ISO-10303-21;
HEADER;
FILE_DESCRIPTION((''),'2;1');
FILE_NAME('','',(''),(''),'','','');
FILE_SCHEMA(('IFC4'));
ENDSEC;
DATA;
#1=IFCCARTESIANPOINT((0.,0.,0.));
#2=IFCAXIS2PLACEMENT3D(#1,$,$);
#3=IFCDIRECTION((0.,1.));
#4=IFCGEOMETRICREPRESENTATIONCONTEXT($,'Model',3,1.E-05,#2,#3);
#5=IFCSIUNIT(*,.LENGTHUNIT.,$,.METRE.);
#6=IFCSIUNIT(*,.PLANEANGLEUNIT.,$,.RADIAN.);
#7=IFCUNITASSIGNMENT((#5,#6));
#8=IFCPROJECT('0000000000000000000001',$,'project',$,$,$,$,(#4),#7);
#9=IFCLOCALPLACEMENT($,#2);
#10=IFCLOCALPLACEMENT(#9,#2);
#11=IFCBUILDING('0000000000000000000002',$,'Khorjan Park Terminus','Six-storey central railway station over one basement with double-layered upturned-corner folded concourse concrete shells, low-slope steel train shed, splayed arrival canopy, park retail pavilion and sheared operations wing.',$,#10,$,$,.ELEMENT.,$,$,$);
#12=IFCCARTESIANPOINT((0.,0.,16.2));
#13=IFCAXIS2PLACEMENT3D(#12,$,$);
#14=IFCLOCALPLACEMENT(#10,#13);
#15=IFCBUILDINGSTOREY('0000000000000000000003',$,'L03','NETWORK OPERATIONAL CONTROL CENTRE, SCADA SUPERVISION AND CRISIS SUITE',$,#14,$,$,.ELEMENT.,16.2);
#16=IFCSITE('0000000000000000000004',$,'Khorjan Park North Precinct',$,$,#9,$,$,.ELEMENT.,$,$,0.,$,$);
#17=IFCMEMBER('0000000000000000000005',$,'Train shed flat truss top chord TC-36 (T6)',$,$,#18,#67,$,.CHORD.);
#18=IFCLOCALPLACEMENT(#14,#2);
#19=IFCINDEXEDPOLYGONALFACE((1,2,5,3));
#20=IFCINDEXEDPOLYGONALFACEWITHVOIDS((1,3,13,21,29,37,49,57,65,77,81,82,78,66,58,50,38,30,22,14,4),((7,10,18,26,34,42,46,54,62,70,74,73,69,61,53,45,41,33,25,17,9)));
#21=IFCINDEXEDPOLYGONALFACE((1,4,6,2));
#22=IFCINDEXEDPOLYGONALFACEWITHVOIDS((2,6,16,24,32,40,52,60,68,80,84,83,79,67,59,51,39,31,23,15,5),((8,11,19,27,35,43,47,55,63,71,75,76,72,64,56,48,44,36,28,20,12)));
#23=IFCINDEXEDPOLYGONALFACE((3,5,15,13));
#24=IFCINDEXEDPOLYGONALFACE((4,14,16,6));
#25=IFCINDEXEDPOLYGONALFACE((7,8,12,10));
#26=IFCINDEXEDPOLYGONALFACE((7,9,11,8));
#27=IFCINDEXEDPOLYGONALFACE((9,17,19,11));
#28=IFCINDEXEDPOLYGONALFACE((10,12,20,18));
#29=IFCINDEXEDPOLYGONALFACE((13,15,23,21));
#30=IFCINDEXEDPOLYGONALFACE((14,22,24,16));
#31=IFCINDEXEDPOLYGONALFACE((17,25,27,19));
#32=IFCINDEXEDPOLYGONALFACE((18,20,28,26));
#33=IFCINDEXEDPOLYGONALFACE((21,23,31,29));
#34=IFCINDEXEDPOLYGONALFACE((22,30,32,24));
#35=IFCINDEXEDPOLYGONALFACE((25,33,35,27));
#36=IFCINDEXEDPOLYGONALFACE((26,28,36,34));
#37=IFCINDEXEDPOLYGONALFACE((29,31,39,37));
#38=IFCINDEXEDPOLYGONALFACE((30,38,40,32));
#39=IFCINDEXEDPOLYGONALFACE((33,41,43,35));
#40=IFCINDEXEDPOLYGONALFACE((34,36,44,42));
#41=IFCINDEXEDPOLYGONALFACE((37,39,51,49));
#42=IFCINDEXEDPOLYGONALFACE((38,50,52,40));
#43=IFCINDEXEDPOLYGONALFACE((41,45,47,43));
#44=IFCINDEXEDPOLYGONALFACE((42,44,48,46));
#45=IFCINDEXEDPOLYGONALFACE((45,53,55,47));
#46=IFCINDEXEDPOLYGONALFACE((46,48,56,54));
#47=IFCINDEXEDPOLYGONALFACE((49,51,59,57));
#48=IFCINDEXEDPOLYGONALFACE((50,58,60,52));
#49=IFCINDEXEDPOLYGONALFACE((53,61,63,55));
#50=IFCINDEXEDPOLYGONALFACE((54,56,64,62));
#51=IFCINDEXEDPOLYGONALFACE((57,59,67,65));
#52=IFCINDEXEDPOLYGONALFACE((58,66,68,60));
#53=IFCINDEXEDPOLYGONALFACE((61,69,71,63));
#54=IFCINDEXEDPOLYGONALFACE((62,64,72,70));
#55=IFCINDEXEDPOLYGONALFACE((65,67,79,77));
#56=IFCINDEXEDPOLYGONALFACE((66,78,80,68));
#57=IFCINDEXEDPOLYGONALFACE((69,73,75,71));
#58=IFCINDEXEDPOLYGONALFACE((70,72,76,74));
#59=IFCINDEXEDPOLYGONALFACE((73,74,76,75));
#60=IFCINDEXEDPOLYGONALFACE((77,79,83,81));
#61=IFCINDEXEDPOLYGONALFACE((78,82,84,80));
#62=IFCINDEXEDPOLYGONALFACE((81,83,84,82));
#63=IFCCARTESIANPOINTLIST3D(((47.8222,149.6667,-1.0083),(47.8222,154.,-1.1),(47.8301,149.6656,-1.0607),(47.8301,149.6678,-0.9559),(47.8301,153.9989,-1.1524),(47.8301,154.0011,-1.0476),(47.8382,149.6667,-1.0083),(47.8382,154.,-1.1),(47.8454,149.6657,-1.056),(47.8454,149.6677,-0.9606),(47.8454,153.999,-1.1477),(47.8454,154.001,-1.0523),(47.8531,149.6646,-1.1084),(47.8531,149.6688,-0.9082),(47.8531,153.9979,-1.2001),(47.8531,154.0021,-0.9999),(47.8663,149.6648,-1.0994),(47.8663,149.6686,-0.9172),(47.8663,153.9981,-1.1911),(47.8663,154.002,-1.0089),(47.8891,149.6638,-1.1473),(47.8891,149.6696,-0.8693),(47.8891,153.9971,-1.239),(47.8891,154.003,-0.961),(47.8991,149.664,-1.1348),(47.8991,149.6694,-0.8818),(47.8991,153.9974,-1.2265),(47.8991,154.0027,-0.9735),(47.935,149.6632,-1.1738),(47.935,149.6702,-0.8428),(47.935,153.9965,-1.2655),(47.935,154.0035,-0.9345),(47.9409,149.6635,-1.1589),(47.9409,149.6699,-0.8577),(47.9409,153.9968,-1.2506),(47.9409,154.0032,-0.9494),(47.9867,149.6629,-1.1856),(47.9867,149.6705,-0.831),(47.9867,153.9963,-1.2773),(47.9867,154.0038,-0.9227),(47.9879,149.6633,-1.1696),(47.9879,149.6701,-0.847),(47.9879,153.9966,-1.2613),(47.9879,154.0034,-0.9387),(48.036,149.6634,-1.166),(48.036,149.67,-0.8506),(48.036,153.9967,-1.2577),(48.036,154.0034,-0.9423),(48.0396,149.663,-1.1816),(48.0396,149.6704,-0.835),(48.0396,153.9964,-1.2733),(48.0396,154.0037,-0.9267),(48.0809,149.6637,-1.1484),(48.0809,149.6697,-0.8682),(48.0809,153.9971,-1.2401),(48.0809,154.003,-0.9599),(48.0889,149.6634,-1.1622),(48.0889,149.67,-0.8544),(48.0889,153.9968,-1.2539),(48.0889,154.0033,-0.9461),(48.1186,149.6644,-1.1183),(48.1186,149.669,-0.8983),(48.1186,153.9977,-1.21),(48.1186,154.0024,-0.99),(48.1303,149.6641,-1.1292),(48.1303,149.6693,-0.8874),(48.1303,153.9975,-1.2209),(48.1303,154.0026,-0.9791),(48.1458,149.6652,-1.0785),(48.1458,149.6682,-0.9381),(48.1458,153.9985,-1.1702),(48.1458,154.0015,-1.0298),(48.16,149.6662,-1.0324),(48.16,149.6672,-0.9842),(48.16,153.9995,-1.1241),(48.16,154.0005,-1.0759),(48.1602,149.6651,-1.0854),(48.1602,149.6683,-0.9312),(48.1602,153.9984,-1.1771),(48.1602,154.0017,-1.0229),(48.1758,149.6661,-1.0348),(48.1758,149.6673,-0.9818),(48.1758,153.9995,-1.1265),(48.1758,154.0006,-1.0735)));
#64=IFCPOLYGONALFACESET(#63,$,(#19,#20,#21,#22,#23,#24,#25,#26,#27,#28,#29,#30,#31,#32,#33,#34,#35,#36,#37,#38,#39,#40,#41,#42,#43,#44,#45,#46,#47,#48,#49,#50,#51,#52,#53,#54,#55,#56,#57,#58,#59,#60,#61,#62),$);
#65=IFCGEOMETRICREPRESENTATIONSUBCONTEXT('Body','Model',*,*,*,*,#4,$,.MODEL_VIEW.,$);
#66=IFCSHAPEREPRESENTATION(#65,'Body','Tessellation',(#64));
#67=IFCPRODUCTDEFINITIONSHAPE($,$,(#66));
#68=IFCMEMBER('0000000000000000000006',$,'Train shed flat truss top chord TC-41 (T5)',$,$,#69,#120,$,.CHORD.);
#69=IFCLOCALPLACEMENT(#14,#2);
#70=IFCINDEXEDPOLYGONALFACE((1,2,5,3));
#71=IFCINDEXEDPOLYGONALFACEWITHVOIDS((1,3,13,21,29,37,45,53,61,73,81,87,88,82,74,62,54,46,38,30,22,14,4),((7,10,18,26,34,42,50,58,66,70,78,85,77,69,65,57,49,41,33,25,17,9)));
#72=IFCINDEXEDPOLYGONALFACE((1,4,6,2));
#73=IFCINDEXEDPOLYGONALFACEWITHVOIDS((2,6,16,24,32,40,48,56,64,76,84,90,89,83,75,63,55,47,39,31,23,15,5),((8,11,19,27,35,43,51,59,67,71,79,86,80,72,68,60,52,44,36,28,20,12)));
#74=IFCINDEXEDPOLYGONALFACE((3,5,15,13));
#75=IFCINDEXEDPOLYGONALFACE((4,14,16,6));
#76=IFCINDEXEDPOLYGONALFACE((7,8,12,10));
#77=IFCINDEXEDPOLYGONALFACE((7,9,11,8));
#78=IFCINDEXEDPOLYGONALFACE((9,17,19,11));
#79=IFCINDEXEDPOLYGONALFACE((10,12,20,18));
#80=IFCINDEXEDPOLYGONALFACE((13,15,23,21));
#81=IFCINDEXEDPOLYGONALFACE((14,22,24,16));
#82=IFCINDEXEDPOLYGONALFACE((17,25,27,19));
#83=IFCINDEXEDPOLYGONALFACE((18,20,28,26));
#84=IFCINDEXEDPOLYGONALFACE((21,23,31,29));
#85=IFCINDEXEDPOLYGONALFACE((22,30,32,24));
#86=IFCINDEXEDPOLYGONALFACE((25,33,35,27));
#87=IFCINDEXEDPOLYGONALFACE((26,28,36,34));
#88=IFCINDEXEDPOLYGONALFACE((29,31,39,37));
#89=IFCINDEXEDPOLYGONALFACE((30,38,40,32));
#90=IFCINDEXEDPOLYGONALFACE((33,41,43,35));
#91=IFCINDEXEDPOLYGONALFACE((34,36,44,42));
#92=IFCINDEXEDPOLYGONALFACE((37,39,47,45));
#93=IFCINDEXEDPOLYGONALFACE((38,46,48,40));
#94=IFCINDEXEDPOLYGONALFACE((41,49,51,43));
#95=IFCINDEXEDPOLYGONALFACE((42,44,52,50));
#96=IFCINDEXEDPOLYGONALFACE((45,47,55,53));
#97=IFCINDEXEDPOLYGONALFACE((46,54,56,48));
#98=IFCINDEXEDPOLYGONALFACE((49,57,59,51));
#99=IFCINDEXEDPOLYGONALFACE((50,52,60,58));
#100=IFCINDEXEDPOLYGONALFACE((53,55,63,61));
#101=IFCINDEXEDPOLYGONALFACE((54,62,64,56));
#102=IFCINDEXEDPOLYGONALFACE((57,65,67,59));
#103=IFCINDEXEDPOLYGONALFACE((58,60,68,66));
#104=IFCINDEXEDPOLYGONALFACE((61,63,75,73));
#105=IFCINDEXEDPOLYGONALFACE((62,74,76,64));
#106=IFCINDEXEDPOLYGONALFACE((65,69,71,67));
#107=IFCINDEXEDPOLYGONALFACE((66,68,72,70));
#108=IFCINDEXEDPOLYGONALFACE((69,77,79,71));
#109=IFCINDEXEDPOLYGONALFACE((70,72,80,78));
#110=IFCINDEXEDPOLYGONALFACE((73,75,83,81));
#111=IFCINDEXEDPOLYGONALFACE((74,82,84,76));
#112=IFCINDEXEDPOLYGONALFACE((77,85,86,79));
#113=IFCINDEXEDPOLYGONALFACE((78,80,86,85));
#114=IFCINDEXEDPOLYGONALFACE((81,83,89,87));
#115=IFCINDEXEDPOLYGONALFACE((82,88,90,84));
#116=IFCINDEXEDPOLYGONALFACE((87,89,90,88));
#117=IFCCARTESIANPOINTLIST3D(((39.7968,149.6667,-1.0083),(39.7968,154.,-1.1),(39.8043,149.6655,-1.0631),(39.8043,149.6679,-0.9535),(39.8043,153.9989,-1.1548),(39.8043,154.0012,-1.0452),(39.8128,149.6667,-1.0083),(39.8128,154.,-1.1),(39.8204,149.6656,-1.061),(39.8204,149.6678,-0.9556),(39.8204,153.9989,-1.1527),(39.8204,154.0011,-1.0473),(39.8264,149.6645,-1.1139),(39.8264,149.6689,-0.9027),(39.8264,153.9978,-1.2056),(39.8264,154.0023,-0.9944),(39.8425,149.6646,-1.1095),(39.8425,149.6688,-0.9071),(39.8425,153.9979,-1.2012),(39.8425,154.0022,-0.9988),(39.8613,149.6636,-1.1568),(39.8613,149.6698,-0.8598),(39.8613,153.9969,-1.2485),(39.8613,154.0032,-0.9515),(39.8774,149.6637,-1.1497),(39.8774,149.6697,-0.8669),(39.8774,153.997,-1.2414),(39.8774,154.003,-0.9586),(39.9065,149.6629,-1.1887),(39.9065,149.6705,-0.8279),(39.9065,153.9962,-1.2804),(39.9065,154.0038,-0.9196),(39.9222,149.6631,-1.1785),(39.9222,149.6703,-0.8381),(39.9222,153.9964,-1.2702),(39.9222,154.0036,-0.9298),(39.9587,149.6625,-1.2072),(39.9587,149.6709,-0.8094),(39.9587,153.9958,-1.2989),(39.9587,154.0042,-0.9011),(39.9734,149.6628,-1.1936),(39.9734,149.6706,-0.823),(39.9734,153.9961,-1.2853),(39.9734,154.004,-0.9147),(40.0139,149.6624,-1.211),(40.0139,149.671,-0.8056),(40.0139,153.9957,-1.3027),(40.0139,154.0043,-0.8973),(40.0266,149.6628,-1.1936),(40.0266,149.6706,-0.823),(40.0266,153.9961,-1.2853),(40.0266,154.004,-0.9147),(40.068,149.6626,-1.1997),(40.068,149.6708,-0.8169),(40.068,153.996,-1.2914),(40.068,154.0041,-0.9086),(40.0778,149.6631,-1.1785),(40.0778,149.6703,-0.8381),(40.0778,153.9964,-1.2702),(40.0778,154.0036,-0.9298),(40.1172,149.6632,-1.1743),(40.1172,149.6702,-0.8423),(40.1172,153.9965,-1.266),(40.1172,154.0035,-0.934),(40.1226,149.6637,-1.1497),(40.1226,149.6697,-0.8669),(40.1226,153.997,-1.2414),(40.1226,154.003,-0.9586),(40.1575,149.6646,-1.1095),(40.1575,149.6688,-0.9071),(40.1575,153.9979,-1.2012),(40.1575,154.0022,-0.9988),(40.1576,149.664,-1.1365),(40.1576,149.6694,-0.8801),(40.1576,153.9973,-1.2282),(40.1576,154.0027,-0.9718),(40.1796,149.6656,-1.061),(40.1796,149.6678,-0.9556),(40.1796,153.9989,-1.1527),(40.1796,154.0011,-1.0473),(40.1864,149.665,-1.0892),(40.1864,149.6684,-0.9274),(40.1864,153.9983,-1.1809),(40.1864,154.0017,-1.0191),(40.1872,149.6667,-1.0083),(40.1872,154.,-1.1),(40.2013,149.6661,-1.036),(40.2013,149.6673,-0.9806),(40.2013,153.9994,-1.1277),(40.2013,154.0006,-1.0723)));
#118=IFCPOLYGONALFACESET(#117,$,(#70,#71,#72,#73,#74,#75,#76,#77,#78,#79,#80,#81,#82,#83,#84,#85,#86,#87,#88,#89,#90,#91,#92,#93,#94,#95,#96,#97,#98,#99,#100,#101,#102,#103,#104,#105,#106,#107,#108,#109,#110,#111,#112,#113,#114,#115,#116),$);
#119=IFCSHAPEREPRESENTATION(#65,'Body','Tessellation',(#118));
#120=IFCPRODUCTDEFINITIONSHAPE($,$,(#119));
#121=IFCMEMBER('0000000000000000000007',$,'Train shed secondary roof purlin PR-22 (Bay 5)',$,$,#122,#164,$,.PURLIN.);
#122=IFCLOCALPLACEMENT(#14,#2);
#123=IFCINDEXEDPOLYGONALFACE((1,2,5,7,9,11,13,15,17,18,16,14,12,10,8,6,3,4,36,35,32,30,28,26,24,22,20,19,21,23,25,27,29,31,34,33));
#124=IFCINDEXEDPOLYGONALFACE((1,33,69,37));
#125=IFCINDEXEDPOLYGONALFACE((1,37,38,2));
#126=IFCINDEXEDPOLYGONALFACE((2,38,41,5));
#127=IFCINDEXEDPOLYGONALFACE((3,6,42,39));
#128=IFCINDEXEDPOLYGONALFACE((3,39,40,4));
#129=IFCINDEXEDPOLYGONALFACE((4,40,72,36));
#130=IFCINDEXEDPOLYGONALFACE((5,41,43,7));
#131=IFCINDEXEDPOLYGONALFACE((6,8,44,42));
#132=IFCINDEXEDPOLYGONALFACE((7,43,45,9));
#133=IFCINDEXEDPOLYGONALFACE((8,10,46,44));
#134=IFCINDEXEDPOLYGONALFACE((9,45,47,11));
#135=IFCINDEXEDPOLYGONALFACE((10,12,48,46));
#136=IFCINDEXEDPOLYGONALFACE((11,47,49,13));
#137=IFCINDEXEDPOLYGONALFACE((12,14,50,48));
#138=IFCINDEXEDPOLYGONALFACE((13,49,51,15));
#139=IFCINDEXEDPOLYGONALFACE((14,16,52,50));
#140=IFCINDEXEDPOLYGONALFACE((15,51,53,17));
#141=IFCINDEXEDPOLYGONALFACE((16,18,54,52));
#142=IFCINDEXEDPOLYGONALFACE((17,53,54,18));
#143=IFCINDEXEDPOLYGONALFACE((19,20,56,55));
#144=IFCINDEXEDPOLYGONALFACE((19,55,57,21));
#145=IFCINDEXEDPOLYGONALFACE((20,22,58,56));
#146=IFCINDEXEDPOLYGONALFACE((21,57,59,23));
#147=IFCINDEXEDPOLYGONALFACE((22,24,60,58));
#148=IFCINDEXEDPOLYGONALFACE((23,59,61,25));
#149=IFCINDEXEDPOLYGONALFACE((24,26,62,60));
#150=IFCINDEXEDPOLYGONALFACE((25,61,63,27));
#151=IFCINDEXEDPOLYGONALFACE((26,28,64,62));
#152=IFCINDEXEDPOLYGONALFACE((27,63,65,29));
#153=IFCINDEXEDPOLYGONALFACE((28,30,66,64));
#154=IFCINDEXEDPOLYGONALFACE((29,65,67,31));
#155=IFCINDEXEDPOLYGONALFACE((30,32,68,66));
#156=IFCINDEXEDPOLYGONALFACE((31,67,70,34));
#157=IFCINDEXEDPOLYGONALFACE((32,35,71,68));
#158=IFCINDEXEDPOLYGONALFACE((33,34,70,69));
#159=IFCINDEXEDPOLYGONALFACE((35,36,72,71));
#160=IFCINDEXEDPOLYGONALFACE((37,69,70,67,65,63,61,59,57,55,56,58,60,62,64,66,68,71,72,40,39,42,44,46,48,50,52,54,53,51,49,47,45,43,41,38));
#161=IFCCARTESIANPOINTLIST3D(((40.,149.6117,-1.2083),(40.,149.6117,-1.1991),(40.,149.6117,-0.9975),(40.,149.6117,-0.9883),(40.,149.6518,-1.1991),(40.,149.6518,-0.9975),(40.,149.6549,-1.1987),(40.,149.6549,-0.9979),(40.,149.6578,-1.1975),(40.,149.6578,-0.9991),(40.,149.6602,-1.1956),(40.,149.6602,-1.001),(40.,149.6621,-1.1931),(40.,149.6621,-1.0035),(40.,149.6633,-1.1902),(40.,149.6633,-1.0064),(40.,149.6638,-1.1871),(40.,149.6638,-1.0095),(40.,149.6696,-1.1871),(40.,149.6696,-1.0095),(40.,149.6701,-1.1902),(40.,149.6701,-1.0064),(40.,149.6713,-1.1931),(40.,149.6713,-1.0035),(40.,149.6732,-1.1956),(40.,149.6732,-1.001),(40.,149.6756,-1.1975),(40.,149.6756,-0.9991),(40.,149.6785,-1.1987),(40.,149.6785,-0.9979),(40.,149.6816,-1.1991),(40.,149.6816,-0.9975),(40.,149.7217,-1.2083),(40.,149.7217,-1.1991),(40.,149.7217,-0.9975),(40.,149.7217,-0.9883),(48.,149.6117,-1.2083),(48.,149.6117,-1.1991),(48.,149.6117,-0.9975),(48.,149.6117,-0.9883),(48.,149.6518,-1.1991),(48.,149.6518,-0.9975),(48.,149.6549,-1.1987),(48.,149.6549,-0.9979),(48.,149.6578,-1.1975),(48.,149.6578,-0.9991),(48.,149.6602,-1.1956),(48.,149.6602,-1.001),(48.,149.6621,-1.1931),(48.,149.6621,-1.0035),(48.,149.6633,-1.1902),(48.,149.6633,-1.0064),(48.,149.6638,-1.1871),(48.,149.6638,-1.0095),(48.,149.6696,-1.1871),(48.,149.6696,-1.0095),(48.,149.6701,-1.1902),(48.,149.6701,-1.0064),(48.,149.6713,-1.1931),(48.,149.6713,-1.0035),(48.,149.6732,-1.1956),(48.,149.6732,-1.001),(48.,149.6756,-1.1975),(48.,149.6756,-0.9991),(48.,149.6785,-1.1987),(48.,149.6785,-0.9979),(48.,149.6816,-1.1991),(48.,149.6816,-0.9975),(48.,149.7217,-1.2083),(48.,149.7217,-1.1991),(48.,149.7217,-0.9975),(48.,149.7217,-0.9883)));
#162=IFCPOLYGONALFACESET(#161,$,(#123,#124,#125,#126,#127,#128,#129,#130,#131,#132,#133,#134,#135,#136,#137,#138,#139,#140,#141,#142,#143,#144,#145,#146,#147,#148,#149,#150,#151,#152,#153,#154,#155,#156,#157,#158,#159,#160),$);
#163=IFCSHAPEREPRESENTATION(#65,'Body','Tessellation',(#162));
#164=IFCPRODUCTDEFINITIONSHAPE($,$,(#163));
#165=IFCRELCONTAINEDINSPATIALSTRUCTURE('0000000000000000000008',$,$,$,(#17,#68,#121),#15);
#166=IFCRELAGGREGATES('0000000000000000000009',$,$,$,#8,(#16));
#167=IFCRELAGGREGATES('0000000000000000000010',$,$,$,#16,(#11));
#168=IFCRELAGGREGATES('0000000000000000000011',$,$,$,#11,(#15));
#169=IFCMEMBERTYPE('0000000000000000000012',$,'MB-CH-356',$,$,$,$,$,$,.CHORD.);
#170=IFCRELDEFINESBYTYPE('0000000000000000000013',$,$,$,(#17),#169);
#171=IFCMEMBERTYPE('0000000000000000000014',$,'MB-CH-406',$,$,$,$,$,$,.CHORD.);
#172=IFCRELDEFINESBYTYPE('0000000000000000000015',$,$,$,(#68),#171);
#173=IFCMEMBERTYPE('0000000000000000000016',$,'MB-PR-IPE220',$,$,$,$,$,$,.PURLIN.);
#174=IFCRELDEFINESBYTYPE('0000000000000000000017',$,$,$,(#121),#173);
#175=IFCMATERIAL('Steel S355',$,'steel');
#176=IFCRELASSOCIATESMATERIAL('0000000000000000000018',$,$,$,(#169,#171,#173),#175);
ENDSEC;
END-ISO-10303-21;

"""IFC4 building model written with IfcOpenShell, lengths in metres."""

from ifc_helpers import new_model, si_unit, direction, frame, origin, origin_2d, place, context, subcontext, project, spatial, hollow_circle, i_section, extrude, material, material_profile, profile_set, type_object, element, save


model = new_model("IFC4")

# Units and contexts
model_context = context("Model", 3, precision=1e-05, world=origin(), true_north=direction((0.0, 1.0)))
body_context = subcontext(model_context, "Body", "Model", "MODEL_VIEW")
ifc_project = project(units=[si_unit("LENGTHUNIT", "METRE"), si_unit("PLANEANGLEUNIT", "RADIAN")], contexts=[model_context])

# Site, building, storey
site_placement = place(None, origin())
site = spatial("IfcSite", under=ifc_project, at=site_placement, Name="Khorjan Park North Precinct", CompositionType="ELEMENT", RefElevation=0.0)
building_placement = place(site_placement, origin())
building = spatial("IfcBuilding", under=site, at=building_placement, Name="Khorjan Park Terminus", Description="Six-storey central railway station over one basement with double-layered upturned-corner folded concourse concrete shells, low-slope steel train shed, splayed arrival canopy, park retail pavilion and sheared operations wing.", CompositionType="ELEMENT")
storey_placement = place(building_placement, frame((0.0, 0.0, 16.2)))
storey = spatial("IfcBuildingStorey", under=building, at=storey_placement, Name="L03", Description="NETWORK OPERATIONAL CONTROL CENTRE, SCADA SUPERVISION AND CRISIS SUITE", CompositionType="ELEMENT", Elevation=16.2)

# Members
ifc_material = material(Name="Steel S355", Category="steel")
ifc_material_profile_1 = material_profile(ifc_material, hollow_circle(Radius=0.1778, WallThickness=0.016, at=origin_2d()), Name="CHS 355.6x16")
ifc_profile_set_1 = profile_set([ifc_material_profile_1], Name="Steel S355")
member_type_1 = type_object("IfcMemberType", Name="MB-CH-356", PredefinedType="CHORD", material=ifc_profile_set_1)
member_1_placement = place(storey_placement, frame((48.0, 149.6667, -1.0083), z_axis=(0.0, 0.999776, -0.021157), x_axis=(-1.0, 0.0, 0.0)))
element("IfcMember", 1, at=member_1_placement, inside=storey, type_object=member_type_1, Name="Train shed flat truss top chord TC-36 (T6)", PredefinedType="CHORD", context=body_context, shape_type="SweptSolid", body=[
    extrude(hollow_circle(Radius=0.1778, WallThickness=0.016, at=origin_2d()), origin(), (0.0, 0.0, 1.0), 4.3343),
])
ifc_material_profile_2 = material_profile(ifc_material, hollow_circle(Radius=0.2032, WallThickness=0.016, at=origin_2d()), Name="CHS 406.4x16")
ifc_profile_set_2 = profile_set([ifc_material_profile_2], Name="Steel S355")
member_type_2 = type_object("IfcMemberType", Name="MB-CH-406", PredefinedType="CHORD", material=ifc_profile_set_2)
member_2_placement = place(storey_placement, frame((40.0, 149.6667, -1.0083), z_axis=(0.0, 0.999776, -0.021157), x_axis=(-1.0, 0.0, 0.0)))
element("IfcMember", 2, at=member_2_placement, inside=storey, type_object=member_type_2, Name="Train shed flat truss top chord TC-41 (T5)", PredefinedType="CHORD", context=body_context, shape_type="SweptSolid", body=[
    extrude(hollow_circle(Radius=0.2032, WallThickness=0.016, at=origin_2d()), origin(), (0.0, 0.0, 1.0), 4.3343),
])
ifc_material_profile_3 = material_profile(ifc_material, i_section(OverallWidth=0.11, OverallDepth=0.22, WebThickness=0.0059, FlangeThickness=0.0092, FilletRadius=0.012, at=origin_2d()), Name="IPE 220")
ifc_profile_set_3 = profile_set([ifc_material_profile_3], Name="Steel S355")
member_type_3 = type_object("IfcMemberType", Name="MB-PR-IPE220", PredefinedType="PURLIN", material=ifc_profile_set_3)
member_3_placement = place(storey_placement, frame((40.0, 149.6667, -1.0983), z_axis=(1.0, 0.0, 0.0), x_axis=(0.0, 1.0, 0.0)))
element("IfcMember", 3, at=member_3_placement, inside=storey, type_object=member_type_3, Name="Train shed secondary roof purlin PR-22 (Bay 5)", PredefinedType="PURLIN", context=body_context, shape_type="SweptSolid", body=[
    extrude(i_section(OverallWidth=0.11, OverallDepth=0.22, WebThickness=0.0059, FlangeThickness=0.0092, FilletRadius=0.012, at=origin_2d()), origin(), (0.0, 0.0, 1.0), 8.0),
])

save(model, "model.ifc")
